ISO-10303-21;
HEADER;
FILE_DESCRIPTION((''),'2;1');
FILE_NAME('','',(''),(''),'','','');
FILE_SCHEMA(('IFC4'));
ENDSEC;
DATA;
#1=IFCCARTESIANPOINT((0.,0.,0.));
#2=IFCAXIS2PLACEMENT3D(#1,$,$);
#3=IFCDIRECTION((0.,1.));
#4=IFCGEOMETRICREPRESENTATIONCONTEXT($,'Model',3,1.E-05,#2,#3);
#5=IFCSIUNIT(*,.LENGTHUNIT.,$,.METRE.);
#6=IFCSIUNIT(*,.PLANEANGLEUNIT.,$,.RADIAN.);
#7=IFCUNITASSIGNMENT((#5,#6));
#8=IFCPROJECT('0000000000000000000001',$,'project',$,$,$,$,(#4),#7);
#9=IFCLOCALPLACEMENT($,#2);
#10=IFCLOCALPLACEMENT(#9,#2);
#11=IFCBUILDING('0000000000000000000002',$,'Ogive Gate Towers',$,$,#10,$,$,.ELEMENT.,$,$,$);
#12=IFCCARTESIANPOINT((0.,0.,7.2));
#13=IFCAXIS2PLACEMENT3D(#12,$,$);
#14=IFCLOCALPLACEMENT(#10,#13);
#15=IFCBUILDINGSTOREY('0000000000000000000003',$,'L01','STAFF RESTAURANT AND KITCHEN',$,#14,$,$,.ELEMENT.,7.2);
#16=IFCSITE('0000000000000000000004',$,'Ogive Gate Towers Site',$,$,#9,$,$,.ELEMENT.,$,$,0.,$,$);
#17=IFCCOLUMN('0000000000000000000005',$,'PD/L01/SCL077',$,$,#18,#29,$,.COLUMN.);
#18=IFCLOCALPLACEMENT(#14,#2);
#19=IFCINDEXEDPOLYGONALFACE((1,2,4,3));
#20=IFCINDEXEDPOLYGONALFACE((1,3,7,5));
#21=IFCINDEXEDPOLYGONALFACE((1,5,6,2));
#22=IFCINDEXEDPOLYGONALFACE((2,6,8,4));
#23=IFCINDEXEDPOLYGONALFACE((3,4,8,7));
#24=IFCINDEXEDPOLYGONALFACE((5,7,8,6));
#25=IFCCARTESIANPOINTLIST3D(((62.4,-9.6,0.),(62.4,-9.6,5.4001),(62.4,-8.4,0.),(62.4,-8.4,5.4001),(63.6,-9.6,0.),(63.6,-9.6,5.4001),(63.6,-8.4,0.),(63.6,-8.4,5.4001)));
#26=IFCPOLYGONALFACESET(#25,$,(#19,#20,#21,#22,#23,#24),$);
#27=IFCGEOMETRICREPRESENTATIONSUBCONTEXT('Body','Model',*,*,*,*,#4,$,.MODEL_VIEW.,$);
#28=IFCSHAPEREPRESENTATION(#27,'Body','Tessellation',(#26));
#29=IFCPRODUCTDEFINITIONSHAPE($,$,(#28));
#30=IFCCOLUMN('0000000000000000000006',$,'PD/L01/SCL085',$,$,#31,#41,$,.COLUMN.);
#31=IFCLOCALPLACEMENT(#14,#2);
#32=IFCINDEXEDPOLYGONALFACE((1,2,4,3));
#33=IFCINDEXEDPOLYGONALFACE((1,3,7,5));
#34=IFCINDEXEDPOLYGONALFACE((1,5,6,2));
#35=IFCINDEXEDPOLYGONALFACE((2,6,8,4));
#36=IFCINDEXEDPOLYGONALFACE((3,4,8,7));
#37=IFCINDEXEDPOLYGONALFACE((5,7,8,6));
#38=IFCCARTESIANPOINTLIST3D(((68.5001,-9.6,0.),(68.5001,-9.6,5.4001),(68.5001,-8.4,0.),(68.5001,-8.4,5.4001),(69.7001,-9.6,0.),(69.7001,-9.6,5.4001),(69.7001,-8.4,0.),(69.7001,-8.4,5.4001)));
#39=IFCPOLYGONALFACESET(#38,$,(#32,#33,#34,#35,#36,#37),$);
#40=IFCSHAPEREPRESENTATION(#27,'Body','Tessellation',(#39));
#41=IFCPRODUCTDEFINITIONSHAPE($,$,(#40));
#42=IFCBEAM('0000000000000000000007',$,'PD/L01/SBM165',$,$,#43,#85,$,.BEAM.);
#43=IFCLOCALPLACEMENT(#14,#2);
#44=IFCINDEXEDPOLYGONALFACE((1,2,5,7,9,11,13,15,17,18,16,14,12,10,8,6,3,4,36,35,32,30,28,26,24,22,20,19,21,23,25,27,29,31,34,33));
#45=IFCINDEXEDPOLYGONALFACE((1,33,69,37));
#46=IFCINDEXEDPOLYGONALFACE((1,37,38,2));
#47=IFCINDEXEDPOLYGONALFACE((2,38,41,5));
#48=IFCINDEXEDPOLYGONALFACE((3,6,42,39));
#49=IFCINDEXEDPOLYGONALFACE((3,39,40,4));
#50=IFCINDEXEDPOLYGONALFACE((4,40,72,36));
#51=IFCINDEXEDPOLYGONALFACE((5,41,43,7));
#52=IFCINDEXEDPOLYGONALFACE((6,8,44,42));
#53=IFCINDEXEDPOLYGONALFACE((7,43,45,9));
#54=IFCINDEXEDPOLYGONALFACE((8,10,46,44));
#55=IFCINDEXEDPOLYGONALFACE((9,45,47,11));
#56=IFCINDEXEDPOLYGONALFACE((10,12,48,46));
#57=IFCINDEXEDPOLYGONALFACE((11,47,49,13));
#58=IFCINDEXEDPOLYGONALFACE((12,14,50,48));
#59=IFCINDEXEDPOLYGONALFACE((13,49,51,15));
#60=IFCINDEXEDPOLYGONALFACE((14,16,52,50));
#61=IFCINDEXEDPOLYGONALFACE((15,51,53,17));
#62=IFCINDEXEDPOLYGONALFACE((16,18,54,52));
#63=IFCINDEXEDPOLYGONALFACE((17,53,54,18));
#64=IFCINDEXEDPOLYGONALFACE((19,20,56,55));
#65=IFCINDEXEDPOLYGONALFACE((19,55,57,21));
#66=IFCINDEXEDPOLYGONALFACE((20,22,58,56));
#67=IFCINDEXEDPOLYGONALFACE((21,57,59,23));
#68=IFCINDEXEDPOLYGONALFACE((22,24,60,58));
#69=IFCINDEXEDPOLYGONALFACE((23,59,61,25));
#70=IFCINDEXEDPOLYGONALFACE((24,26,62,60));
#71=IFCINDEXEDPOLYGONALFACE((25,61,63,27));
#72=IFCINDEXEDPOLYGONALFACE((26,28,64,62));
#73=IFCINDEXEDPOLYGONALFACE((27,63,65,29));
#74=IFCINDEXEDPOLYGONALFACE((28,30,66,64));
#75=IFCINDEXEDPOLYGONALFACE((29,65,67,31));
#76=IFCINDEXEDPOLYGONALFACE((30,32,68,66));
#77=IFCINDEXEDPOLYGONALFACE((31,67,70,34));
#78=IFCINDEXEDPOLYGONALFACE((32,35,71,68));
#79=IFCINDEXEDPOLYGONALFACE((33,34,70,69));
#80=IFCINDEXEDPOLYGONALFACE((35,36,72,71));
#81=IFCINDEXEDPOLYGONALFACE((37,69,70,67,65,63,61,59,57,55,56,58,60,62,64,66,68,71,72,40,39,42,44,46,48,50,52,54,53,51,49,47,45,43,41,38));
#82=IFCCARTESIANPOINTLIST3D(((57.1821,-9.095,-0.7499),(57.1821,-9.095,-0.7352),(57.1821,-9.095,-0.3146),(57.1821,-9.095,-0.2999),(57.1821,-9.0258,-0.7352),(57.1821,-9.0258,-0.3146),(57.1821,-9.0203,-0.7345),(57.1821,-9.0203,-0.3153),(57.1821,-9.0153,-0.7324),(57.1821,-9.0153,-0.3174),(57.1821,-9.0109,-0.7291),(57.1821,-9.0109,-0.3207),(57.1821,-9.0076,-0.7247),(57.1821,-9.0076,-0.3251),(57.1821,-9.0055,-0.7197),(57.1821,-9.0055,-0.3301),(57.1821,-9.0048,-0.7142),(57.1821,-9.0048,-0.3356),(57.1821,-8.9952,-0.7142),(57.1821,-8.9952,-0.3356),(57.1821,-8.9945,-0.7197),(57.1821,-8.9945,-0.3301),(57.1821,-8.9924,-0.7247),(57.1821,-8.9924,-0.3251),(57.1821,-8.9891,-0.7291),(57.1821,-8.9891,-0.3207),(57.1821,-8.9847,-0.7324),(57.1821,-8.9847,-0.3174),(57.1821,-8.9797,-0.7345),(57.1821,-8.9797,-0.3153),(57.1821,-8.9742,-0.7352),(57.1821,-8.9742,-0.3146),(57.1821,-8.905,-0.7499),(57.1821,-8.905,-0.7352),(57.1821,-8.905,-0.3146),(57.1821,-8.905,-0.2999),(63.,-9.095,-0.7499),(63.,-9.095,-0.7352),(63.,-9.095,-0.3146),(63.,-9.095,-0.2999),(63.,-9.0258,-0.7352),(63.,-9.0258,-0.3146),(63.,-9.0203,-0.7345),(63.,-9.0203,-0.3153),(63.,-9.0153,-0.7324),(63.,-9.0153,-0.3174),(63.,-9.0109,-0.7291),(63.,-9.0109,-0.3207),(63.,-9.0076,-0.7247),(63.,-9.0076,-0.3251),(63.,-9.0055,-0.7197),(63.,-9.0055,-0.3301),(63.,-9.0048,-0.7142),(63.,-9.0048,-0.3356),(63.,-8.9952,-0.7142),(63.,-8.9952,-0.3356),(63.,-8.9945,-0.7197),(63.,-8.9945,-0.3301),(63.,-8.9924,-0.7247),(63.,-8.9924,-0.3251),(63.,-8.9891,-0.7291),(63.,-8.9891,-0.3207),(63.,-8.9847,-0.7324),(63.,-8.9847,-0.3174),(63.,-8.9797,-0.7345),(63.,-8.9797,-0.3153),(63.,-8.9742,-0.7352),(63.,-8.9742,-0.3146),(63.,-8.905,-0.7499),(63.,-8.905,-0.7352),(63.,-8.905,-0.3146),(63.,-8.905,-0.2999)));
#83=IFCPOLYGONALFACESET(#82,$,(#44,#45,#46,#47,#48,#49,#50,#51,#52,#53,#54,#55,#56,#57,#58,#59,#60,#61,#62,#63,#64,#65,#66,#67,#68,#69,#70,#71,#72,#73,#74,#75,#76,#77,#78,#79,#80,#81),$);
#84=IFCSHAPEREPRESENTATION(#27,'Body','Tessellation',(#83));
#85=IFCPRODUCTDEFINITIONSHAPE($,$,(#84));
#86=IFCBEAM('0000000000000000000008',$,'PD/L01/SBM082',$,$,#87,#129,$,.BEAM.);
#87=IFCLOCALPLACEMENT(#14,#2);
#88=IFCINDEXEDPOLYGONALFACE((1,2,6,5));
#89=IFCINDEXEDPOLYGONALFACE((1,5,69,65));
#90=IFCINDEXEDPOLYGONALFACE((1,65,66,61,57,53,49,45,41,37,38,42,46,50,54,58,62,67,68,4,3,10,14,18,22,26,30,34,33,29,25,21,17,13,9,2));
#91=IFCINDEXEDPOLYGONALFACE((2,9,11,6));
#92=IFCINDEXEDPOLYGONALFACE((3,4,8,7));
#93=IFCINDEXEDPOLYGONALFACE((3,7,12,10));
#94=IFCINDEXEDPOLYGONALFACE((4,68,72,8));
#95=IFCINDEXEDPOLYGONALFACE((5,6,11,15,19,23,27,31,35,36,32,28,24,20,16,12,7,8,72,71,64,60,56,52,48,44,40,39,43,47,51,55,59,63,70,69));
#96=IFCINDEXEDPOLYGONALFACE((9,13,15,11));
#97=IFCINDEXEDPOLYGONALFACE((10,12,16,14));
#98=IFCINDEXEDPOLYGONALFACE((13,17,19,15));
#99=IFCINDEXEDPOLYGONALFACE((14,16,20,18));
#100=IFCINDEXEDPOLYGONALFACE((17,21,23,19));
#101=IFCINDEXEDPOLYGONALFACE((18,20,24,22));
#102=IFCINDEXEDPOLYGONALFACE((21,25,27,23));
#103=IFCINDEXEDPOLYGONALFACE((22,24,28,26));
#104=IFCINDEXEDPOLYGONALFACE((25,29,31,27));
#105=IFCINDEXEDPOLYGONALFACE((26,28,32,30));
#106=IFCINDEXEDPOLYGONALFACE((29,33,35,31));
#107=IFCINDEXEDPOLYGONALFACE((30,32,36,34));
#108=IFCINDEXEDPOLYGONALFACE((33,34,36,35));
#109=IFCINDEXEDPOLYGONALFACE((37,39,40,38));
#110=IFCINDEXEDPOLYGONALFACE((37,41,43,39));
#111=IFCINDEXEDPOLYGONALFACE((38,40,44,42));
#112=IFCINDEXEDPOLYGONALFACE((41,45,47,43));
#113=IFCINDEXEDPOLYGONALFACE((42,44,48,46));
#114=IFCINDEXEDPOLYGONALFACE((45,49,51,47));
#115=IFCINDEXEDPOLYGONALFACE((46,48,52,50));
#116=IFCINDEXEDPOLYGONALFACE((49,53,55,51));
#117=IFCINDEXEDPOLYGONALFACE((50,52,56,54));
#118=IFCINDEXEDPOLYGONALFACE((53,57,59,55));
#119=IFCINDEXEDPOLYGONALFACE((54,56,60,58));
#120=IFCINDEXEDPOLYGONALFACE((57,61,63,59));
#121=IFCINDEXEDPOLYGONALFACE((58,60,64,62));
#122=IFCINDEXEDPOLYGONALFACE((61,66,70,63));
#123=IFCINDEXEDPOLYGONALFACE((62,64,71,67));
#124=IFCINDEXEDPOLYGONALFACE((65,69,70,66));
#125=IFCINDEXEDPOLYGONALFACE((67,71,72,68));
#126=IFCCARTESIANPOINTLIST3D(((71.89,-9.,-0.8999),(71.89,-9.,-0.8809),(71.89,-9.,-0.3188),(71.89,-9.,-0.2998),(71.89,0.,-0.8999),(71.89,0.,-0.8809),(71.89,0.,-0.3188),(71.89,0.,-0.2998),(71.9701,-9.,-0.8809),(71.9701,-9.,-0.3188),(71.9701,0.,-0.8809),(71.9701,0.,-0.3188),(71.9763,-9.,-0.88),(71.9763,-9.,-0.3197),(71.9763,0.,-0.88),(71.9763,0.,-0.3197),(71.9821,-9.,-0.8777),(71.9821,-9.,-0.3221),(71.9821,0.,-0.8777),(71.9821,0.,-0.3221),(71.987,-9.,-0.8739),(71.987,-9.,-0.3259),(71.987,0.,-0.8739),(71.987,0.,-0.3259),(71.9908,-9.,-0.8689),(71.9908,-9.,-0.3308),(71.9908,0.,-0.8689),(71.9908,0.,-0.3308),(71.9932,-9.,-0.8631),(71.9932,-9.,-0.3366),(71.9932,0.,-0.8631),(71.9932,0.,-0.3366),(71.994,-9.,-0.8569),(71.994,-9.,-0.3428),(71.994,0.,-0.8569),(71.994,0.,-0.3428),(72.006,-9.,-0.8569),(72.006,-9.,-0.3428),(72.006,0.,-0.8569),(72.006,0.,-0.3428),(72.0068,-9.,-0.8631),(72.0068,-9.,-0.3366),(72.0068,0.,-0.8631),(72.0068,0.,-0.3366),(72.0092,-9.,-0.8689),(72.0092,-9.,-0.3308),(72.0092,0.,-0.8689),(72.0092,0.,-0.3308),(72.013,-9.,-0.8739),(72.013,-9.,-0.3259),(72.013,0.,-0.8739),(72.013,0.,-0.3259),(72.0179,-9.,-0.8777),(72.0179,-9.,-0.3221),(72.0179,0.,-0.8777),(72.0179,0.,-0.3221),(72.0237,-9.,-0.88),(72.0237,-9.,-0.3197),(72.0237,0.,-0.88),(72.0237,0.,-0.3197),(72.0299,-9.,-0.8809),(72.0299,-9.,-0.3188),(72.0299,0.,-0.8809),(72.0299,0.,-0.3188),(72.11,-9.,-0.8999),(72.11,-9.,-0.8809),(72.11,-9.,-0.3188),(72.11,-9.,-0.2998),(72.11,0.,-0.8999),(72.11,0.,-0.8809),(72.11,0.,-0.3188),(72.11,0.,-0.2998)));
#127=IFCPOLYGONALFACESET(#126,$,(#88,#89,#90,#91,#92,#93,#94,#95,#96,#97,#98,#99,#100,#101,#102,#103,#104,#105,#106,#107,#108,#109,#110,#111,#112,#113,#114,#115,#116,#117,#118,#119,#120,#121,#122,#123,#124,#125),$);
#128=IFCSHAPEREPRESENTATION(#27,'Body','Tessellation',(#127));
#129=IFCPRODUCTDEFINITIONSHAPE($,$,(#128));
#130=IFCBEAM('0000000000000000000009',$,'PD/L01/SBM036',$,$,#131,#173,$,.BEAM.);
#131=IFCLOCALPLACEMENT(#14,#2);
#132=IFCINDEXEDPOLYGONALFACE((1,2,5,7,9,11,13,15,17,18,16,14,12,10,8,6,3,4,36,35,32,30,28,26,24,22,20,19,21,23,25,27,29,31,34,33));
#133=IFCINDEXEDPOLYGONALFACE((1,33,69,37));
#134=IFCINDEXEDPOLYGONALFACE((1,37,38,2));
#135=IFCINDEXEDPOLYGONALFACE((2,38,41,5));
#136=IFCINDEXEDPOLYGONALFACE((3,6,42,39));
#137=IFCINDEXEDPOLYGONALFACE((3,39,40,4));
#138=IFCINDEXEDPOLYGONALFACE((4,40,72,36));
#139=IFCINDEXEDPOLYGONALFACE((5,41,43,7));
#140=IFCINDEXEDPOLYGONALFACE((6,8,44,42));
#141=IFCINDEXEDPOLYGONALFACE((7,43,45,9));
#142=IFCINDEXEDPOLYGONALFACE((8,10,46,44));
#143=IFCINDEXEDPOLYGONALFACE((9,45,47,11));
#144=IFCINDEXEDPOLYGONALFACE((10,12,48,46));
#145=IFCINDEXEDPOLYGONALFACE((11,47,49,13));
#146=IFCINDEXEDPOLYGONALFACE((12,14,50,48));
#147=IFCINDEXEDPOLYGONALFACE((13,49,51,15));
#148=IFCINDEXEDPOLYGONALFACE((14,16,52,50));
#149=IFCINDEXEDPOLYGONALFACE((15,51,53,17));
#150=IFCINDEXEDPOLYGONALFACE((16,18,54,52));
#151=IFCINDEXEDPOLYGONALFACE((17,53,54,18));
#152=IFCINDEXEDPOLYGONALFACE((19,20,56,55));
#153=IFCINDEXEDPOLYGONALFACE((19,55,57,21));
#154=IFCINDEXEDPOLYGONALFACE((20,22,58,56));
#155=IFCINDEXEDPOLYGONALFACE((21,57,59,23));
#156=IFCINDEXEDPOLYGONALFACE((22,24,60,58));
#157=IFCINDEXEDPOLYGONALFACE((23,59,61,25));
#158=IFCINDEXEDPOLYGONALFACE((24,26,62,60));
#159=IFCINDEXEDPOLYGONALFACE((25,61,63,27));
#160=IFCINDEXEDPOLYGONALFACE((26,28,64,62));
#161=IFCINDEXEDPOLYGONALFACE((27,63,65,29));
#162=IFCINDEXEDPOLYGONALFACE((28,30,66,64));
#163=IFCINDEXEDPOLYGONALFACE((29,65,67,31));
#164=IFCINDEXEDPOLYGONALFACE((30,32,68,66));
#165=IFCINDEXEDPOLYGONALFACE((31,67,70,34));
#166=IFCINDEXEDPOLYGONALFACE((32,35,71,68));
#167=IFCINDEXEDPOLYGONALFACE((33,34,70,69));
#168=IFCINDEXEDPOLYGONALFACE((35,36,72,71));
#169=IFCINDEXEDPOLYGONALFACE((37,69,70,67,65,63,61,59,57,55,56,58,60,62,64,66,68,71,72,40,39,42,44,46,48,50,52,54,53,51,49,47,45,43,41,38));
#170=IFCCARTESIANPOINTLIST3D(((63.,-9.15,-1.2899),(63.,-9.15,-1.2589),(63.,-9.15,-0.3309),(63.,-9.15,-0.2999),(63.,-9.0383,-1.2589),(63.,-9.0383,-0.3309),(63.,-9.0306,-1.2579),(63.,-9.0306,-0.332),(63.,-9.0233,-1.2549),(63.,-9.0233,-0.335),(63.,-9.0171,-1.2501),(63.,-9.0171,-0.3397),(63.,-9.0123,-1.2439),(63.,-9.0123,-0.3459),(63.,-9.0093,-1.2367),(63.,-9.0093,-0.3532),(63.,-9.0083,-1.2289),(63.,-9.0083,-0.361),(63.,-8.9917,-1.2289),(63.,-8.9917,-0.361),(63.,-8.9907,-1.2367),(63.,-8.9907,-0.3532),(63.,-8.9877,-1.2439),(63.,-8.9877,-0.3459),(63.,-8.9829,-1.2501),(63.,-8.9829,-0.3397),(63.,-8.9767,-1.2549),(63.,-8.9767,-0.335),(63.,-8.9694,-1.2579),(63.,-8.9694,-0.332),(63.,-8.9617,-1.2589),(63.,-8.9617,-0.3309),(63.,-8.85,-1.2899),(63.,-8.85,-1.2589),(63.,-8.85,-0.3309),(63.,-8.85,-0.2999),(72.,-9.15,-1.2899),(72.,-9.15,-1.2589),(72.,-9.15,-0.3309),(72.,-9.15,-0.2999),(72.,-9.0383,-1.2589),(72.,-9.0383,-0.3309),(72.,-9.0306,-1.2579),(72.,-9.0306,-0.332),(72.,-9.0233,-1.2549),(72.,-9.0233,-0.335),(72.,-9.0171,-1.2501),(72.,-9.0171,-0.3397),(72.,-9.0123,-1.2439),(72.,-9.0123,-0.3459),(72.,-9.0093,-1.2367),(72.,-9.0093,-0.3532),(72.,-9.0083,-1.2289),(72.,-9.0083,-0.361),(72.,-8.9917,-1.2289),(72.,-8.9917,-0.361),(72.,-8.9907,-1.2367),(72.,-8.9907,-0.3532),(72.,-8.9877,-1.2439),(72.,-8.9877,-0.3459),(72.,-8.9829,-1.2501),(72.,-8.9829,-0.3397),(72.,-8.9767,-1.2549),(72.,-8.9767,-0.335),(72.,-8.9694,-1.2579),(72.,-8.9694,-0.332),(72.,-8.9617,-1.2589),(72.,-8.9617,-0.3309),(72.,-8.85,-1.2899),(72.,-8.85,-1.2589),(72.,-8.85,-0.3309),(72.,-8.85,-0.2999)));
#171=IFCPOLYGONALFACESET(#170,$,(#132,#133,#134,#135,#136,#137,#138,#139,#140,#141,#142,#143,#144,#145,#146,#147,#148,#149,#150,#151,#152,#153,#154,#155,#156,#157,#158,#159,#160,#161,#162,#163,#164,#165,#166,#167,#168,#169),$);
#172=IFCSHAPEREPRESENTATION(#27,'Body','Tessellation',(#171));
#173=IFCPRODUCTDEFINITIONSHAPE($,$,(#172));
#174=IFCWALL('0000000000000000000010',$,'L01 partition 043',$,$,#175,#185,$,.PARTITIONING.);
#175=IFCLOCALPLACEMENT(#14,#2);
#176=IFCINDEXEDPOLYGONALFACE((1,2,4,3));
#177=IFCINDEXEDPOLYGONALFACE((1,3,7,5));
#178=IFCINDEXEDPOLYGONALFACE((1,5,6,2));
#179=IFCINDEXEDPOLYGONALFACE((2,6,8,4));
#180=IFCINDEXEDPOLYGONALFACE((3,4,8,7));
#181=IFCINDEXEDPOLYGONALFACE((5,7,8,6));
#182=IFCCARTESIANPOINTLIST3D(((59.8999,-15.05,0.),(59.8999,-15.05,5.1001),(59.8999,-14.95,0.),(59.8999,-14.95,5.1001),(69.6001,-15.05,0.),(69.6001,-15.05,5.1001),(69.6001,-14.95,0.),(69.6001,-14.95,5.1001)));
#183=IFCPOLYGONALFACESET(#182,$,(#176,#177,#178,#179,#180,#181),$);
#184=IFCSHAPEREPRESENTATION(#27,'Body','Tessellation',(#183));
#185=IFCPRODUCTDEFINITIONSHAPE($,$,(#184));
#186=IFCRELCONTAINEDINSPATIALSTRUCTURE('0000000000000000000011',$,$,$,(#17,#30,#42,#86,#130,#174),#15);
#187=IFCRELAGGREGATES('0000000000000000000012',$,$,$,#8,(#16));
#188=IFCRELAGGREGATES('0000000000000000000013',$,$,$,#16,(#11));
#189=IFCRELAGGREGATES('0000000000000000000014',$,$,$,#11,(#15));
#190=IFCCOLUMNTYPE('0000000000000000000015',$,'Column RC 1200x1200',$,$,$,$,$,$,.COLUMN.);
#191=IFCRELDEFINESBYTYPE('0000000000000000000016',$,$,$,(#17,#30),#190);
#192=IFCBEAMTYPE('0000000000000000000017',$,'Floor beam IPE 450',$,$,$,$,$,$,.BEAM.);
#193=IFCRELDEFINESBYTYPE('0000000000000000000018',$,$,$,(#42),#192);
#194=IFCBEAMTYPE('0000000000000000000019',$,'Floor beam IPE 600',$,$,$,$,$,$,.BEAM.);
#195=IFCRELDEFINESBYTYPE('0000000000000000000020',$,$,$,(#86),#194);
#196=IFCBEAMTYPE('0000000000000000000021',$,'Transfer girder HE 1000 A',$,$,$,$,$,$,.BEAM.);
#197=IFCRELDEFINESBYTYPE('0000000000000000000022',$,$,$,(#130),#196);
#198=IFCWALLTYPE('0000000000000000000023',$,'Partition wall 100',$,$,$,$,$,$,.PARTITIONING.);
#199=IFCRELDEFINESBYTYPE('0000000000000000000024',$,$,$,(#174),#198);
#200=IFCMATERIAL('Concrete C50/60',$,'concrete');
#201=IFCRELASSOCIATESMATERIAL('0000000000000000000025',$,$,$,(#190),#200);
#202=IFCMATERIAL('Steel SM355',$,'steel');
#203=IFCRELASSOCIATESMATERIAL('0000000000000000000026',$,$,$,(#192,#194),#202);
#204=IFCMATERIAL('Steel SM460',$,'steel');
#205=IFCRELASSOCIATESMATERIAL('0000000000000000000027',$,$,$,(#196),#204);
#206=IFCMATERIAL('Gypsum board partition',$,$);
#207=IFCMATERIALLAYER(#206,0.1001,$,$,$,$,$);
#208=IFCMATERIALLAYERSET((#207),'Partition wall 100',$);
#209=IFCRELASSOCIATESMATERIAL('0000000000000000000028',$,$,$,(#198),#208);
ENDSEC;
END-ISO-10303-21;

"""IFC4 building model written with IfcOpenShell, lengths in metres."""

from ifc_helpers import new_model, si_unit, direction, frame, frame_2d, origin, origin_2d, place, context, subcontext, project, spatial, rectangle, i_section, extrude, material, layer, layer_set, material_profile, profile_set, type_object, element, save


model = new_model("IFC4")

# Units and contexts
model_context = context("Model", 3, precision=1e-05, world=origin(), true_north=direction((0.0, 1.0)))
body_context = subcontext(model_context, "Body", "Model", "MODEL_VIEW")
ifc_project = project(units=[si_unit("LENGTHUNIT", "METRE"), si_unit("PLANEANGLEUNIT", "RADIAN")], contexts=[model_context])

# Site, building, storey
site_placement = place(None, origin())
site = spatial("IfcSite", under=ifc_project, at=site_placement, Name="Ogive Gate Towers Site", CompositionType="ELEMENT", RefElevation=0.0)
building_placement = place(site_placement, origin())
building = spatial("IfcBuilding", under=site, at=building_placement, Name="Ogive Gate Towers", CompositionType="ELEMENT")
storey_placement = place(building_placement, frame((0.0, 0.0, 7.2)))
storey = spatial("IfcBuildingStorey", under=building, at=storey_placement, Name="L01", Description="STAFF RESTAURANT AND KITCHEN", CompositionType="ELEMENT", Elevation=7.2)

# Columns
ifc_material_1 = material(Name="Concrete C50/60", Category="concrete")
ifc_material_profile_1 = material_profile(ifc_material_1, rectangle(XDim=1.2, YDim=1.2, at=origin_2d()), Name="RC 1200x1200")
ifc_profile_set_1 = profile_set([ifc_material_profile_1], Name="Concrete C50/60")
column_type = type_object("IfcColumnType", Name="Column RC 1200x1200", PredefinedType="COLUMN", material=ifc_profile_set_1)
for number, where, z_axis, x_axis, name in (
    (1, (63.0, -9.0, 0.0), (0.0, 0.0, 1.0), (1.0, 0.0, 0.0), "PD/L01/SCL077"),
    (2, (69.1001, -9.0, 0.0), (0.0, 0.0, 1.0), (1.0, 0.0, 0.0), "PD/L01/SCL085"),
):
    element("IfcColumn", number, at=place(storey_placement, frame(where, z_axis=z_axis, x_axis=x_axis)), inside=storey, type_object=column_type, Name=name, PredefinedType="COLUMN", context=body_context, shape_type="SweptSolid", body=[
        extrude(rectangle(XDim=1.2, YDim=1.2, at=origin_2d()), origin(), (0.0, 0.0, 1.0), 5.4001),
    ])

# Beams
ifc_material_2 = material(Name="Steel SM355", Category="steel")
ifc_material_profile_2 = material_profile(ifc_material_2, i_section(OverallWidth=0.1899, OverallDepth=0.45, WebThickness=0.0095, FlangeThickness=0.0146, FilletRadius=0.021, at=origin_2d()), Name="IPE 450")
ifc_profile_set_2 = profile_set([ifc_material_profile_2], Name="Steel SM355")
beam_type_1 = type_object("IfcBeamType", Name="Floor beam IPE 450", PredefinedType="BEAM", material=ifc_profile_set_2)
beam_1_placement = place(storey_placement, frame((63.0, -9.0, -0.5249), z_axis=(-1.0, 0.0, 0.0), x_axis=(0.0, -1.0, 0.0)))
element("IfcBeam", 3, at=beam_1_placement, inside=storey, type_object=beam_type_1, Name="PD/L01/SBM165", PredefinedType="BEAM", context=body_context, shape_type="SweptSolid", body=[
    extrude(i_section(OverallWidth=0.1899, OverallDepth=0.45, WebThickness=0.0095, FlangeThickness=0.0146, FilletRadius=0.021, at=origin_2d()), origin(), (0.0, 0.0, 1.0), 5.8179),
])
ifc_material_profile_3 = material_profile(ifc_material_2, i_section(OverallWidth=0.22, OverallDepth=0.6001, WebThickness=0.012, FlangeThickness=0.019, FilletRadius=0.0239, at=origin_2d()), Name="IPE 600")
ifc_profile_set_3 = profile_set([ifc_material_profile_3], Name="Steel SM355")
beam_type_2 = type_object("IfcBeamType", Name="Floor beam IPE 600", PredefinedType="BEAM", material=ifc_profile_set_3)
beam_2_placement = place(storey_placement, frame((72.0, -9.0, -0.5999), z_axis=(0.0, 1.0, 0.0), x_axis=(-1.0, 0.0, 0.0)))
element("IfcBeam", 4, at=beam_2_placement, inside=storey, type_object=beam_type_2, Name="PD/L01/SBM082", PredefinedType="BEAM", context=body_context, shape_type="SweptSolid", body=[
    extrude(i_section(OverallWidth=0.22, OverallDepth=0.6001, WebThickness=0.012, FlangeThickness=0.019, FilletRadius=0.0239, at=origin_2d()), origin(), (0.0, 0.0, 1.0), 9.0),
])
ifc_material_3 = material(Name="Steel SM460", Category="steel")
ifc_material_profile_4 = material_profile(ifc_material_3, i_section(OverallWidth=0.3, OverallDepth=0.99, WebThickness=0.0166, FlangeThickness=0.031, FilletRadius=0.03, at=origin_2d()), Name="HE 1000 A")
ifc_profile_set_4 = profile_set([ifc_material_profile_4], Name="Steel SM460")
beam_type_3 = type_object("IfcBeamType", Name="Transfer girder HE 1000 A", PredefinedType="BEAM", material=ifc_profile_set_4)
beam_3_placement = place(storey_placement, frame((63.0, -9.0, -0.7949), z_axis=(1.0, 0.0, 0.0), x_axis=(0.0, 1.0, 0.0)))
element("IfcBeam", 5, at=beam_3_placement, inside=storey, type_object=beam_type_3, Name="PD/L01/SBM036", PredefinedType="BEAM", context=body_context, shape_type="SweptSolid", body=[
    extrude(i_section(OverallWidth=0.3, OverallDepth=0.99, WebThickness=0.0166, FlangeThickness=0.031, FilletRadius=0.03, at=origin_2d()), origin(), (0.0, 0.0, 1.0), 9.0),
])

# Wall
ifc_material_4 = material(Name="Gypsum board partition")
ifc_layer_1 = layer(ifc_material_4, 0.1001)
ifc_layer_set_1 = layer_set([ifc_layer_1], Name="Partition wall 100")
wall_type_1 = type_object("IfcWallType", Name="Partition wall 100", PredefinedType="PARTITIONING", material=ifc_layer_set_1)
wall_1_placement = place(storey_placement, frame((59.8999, -15.0, 0.0), z_axis=(0.0, 0.0, 1.0), x_axis=(1.0, 0.0, 0.0)))
element("IfcWall", 6, at=wall_1_placement, inside=storey, type_object=wall_type_1, Name="L01 partition 043", PredefinedType="PARTITIONING", context=body_context, shape_type="SweptSolid", body=[
    extrude(rectangle(XDim=9.7002, YDim=0.1001, at=frame_2d((4.8501, 0.0))), origin(), (0.0, 0.0, 1.0), 5.1001),
])

save(model, "model.ifc")
